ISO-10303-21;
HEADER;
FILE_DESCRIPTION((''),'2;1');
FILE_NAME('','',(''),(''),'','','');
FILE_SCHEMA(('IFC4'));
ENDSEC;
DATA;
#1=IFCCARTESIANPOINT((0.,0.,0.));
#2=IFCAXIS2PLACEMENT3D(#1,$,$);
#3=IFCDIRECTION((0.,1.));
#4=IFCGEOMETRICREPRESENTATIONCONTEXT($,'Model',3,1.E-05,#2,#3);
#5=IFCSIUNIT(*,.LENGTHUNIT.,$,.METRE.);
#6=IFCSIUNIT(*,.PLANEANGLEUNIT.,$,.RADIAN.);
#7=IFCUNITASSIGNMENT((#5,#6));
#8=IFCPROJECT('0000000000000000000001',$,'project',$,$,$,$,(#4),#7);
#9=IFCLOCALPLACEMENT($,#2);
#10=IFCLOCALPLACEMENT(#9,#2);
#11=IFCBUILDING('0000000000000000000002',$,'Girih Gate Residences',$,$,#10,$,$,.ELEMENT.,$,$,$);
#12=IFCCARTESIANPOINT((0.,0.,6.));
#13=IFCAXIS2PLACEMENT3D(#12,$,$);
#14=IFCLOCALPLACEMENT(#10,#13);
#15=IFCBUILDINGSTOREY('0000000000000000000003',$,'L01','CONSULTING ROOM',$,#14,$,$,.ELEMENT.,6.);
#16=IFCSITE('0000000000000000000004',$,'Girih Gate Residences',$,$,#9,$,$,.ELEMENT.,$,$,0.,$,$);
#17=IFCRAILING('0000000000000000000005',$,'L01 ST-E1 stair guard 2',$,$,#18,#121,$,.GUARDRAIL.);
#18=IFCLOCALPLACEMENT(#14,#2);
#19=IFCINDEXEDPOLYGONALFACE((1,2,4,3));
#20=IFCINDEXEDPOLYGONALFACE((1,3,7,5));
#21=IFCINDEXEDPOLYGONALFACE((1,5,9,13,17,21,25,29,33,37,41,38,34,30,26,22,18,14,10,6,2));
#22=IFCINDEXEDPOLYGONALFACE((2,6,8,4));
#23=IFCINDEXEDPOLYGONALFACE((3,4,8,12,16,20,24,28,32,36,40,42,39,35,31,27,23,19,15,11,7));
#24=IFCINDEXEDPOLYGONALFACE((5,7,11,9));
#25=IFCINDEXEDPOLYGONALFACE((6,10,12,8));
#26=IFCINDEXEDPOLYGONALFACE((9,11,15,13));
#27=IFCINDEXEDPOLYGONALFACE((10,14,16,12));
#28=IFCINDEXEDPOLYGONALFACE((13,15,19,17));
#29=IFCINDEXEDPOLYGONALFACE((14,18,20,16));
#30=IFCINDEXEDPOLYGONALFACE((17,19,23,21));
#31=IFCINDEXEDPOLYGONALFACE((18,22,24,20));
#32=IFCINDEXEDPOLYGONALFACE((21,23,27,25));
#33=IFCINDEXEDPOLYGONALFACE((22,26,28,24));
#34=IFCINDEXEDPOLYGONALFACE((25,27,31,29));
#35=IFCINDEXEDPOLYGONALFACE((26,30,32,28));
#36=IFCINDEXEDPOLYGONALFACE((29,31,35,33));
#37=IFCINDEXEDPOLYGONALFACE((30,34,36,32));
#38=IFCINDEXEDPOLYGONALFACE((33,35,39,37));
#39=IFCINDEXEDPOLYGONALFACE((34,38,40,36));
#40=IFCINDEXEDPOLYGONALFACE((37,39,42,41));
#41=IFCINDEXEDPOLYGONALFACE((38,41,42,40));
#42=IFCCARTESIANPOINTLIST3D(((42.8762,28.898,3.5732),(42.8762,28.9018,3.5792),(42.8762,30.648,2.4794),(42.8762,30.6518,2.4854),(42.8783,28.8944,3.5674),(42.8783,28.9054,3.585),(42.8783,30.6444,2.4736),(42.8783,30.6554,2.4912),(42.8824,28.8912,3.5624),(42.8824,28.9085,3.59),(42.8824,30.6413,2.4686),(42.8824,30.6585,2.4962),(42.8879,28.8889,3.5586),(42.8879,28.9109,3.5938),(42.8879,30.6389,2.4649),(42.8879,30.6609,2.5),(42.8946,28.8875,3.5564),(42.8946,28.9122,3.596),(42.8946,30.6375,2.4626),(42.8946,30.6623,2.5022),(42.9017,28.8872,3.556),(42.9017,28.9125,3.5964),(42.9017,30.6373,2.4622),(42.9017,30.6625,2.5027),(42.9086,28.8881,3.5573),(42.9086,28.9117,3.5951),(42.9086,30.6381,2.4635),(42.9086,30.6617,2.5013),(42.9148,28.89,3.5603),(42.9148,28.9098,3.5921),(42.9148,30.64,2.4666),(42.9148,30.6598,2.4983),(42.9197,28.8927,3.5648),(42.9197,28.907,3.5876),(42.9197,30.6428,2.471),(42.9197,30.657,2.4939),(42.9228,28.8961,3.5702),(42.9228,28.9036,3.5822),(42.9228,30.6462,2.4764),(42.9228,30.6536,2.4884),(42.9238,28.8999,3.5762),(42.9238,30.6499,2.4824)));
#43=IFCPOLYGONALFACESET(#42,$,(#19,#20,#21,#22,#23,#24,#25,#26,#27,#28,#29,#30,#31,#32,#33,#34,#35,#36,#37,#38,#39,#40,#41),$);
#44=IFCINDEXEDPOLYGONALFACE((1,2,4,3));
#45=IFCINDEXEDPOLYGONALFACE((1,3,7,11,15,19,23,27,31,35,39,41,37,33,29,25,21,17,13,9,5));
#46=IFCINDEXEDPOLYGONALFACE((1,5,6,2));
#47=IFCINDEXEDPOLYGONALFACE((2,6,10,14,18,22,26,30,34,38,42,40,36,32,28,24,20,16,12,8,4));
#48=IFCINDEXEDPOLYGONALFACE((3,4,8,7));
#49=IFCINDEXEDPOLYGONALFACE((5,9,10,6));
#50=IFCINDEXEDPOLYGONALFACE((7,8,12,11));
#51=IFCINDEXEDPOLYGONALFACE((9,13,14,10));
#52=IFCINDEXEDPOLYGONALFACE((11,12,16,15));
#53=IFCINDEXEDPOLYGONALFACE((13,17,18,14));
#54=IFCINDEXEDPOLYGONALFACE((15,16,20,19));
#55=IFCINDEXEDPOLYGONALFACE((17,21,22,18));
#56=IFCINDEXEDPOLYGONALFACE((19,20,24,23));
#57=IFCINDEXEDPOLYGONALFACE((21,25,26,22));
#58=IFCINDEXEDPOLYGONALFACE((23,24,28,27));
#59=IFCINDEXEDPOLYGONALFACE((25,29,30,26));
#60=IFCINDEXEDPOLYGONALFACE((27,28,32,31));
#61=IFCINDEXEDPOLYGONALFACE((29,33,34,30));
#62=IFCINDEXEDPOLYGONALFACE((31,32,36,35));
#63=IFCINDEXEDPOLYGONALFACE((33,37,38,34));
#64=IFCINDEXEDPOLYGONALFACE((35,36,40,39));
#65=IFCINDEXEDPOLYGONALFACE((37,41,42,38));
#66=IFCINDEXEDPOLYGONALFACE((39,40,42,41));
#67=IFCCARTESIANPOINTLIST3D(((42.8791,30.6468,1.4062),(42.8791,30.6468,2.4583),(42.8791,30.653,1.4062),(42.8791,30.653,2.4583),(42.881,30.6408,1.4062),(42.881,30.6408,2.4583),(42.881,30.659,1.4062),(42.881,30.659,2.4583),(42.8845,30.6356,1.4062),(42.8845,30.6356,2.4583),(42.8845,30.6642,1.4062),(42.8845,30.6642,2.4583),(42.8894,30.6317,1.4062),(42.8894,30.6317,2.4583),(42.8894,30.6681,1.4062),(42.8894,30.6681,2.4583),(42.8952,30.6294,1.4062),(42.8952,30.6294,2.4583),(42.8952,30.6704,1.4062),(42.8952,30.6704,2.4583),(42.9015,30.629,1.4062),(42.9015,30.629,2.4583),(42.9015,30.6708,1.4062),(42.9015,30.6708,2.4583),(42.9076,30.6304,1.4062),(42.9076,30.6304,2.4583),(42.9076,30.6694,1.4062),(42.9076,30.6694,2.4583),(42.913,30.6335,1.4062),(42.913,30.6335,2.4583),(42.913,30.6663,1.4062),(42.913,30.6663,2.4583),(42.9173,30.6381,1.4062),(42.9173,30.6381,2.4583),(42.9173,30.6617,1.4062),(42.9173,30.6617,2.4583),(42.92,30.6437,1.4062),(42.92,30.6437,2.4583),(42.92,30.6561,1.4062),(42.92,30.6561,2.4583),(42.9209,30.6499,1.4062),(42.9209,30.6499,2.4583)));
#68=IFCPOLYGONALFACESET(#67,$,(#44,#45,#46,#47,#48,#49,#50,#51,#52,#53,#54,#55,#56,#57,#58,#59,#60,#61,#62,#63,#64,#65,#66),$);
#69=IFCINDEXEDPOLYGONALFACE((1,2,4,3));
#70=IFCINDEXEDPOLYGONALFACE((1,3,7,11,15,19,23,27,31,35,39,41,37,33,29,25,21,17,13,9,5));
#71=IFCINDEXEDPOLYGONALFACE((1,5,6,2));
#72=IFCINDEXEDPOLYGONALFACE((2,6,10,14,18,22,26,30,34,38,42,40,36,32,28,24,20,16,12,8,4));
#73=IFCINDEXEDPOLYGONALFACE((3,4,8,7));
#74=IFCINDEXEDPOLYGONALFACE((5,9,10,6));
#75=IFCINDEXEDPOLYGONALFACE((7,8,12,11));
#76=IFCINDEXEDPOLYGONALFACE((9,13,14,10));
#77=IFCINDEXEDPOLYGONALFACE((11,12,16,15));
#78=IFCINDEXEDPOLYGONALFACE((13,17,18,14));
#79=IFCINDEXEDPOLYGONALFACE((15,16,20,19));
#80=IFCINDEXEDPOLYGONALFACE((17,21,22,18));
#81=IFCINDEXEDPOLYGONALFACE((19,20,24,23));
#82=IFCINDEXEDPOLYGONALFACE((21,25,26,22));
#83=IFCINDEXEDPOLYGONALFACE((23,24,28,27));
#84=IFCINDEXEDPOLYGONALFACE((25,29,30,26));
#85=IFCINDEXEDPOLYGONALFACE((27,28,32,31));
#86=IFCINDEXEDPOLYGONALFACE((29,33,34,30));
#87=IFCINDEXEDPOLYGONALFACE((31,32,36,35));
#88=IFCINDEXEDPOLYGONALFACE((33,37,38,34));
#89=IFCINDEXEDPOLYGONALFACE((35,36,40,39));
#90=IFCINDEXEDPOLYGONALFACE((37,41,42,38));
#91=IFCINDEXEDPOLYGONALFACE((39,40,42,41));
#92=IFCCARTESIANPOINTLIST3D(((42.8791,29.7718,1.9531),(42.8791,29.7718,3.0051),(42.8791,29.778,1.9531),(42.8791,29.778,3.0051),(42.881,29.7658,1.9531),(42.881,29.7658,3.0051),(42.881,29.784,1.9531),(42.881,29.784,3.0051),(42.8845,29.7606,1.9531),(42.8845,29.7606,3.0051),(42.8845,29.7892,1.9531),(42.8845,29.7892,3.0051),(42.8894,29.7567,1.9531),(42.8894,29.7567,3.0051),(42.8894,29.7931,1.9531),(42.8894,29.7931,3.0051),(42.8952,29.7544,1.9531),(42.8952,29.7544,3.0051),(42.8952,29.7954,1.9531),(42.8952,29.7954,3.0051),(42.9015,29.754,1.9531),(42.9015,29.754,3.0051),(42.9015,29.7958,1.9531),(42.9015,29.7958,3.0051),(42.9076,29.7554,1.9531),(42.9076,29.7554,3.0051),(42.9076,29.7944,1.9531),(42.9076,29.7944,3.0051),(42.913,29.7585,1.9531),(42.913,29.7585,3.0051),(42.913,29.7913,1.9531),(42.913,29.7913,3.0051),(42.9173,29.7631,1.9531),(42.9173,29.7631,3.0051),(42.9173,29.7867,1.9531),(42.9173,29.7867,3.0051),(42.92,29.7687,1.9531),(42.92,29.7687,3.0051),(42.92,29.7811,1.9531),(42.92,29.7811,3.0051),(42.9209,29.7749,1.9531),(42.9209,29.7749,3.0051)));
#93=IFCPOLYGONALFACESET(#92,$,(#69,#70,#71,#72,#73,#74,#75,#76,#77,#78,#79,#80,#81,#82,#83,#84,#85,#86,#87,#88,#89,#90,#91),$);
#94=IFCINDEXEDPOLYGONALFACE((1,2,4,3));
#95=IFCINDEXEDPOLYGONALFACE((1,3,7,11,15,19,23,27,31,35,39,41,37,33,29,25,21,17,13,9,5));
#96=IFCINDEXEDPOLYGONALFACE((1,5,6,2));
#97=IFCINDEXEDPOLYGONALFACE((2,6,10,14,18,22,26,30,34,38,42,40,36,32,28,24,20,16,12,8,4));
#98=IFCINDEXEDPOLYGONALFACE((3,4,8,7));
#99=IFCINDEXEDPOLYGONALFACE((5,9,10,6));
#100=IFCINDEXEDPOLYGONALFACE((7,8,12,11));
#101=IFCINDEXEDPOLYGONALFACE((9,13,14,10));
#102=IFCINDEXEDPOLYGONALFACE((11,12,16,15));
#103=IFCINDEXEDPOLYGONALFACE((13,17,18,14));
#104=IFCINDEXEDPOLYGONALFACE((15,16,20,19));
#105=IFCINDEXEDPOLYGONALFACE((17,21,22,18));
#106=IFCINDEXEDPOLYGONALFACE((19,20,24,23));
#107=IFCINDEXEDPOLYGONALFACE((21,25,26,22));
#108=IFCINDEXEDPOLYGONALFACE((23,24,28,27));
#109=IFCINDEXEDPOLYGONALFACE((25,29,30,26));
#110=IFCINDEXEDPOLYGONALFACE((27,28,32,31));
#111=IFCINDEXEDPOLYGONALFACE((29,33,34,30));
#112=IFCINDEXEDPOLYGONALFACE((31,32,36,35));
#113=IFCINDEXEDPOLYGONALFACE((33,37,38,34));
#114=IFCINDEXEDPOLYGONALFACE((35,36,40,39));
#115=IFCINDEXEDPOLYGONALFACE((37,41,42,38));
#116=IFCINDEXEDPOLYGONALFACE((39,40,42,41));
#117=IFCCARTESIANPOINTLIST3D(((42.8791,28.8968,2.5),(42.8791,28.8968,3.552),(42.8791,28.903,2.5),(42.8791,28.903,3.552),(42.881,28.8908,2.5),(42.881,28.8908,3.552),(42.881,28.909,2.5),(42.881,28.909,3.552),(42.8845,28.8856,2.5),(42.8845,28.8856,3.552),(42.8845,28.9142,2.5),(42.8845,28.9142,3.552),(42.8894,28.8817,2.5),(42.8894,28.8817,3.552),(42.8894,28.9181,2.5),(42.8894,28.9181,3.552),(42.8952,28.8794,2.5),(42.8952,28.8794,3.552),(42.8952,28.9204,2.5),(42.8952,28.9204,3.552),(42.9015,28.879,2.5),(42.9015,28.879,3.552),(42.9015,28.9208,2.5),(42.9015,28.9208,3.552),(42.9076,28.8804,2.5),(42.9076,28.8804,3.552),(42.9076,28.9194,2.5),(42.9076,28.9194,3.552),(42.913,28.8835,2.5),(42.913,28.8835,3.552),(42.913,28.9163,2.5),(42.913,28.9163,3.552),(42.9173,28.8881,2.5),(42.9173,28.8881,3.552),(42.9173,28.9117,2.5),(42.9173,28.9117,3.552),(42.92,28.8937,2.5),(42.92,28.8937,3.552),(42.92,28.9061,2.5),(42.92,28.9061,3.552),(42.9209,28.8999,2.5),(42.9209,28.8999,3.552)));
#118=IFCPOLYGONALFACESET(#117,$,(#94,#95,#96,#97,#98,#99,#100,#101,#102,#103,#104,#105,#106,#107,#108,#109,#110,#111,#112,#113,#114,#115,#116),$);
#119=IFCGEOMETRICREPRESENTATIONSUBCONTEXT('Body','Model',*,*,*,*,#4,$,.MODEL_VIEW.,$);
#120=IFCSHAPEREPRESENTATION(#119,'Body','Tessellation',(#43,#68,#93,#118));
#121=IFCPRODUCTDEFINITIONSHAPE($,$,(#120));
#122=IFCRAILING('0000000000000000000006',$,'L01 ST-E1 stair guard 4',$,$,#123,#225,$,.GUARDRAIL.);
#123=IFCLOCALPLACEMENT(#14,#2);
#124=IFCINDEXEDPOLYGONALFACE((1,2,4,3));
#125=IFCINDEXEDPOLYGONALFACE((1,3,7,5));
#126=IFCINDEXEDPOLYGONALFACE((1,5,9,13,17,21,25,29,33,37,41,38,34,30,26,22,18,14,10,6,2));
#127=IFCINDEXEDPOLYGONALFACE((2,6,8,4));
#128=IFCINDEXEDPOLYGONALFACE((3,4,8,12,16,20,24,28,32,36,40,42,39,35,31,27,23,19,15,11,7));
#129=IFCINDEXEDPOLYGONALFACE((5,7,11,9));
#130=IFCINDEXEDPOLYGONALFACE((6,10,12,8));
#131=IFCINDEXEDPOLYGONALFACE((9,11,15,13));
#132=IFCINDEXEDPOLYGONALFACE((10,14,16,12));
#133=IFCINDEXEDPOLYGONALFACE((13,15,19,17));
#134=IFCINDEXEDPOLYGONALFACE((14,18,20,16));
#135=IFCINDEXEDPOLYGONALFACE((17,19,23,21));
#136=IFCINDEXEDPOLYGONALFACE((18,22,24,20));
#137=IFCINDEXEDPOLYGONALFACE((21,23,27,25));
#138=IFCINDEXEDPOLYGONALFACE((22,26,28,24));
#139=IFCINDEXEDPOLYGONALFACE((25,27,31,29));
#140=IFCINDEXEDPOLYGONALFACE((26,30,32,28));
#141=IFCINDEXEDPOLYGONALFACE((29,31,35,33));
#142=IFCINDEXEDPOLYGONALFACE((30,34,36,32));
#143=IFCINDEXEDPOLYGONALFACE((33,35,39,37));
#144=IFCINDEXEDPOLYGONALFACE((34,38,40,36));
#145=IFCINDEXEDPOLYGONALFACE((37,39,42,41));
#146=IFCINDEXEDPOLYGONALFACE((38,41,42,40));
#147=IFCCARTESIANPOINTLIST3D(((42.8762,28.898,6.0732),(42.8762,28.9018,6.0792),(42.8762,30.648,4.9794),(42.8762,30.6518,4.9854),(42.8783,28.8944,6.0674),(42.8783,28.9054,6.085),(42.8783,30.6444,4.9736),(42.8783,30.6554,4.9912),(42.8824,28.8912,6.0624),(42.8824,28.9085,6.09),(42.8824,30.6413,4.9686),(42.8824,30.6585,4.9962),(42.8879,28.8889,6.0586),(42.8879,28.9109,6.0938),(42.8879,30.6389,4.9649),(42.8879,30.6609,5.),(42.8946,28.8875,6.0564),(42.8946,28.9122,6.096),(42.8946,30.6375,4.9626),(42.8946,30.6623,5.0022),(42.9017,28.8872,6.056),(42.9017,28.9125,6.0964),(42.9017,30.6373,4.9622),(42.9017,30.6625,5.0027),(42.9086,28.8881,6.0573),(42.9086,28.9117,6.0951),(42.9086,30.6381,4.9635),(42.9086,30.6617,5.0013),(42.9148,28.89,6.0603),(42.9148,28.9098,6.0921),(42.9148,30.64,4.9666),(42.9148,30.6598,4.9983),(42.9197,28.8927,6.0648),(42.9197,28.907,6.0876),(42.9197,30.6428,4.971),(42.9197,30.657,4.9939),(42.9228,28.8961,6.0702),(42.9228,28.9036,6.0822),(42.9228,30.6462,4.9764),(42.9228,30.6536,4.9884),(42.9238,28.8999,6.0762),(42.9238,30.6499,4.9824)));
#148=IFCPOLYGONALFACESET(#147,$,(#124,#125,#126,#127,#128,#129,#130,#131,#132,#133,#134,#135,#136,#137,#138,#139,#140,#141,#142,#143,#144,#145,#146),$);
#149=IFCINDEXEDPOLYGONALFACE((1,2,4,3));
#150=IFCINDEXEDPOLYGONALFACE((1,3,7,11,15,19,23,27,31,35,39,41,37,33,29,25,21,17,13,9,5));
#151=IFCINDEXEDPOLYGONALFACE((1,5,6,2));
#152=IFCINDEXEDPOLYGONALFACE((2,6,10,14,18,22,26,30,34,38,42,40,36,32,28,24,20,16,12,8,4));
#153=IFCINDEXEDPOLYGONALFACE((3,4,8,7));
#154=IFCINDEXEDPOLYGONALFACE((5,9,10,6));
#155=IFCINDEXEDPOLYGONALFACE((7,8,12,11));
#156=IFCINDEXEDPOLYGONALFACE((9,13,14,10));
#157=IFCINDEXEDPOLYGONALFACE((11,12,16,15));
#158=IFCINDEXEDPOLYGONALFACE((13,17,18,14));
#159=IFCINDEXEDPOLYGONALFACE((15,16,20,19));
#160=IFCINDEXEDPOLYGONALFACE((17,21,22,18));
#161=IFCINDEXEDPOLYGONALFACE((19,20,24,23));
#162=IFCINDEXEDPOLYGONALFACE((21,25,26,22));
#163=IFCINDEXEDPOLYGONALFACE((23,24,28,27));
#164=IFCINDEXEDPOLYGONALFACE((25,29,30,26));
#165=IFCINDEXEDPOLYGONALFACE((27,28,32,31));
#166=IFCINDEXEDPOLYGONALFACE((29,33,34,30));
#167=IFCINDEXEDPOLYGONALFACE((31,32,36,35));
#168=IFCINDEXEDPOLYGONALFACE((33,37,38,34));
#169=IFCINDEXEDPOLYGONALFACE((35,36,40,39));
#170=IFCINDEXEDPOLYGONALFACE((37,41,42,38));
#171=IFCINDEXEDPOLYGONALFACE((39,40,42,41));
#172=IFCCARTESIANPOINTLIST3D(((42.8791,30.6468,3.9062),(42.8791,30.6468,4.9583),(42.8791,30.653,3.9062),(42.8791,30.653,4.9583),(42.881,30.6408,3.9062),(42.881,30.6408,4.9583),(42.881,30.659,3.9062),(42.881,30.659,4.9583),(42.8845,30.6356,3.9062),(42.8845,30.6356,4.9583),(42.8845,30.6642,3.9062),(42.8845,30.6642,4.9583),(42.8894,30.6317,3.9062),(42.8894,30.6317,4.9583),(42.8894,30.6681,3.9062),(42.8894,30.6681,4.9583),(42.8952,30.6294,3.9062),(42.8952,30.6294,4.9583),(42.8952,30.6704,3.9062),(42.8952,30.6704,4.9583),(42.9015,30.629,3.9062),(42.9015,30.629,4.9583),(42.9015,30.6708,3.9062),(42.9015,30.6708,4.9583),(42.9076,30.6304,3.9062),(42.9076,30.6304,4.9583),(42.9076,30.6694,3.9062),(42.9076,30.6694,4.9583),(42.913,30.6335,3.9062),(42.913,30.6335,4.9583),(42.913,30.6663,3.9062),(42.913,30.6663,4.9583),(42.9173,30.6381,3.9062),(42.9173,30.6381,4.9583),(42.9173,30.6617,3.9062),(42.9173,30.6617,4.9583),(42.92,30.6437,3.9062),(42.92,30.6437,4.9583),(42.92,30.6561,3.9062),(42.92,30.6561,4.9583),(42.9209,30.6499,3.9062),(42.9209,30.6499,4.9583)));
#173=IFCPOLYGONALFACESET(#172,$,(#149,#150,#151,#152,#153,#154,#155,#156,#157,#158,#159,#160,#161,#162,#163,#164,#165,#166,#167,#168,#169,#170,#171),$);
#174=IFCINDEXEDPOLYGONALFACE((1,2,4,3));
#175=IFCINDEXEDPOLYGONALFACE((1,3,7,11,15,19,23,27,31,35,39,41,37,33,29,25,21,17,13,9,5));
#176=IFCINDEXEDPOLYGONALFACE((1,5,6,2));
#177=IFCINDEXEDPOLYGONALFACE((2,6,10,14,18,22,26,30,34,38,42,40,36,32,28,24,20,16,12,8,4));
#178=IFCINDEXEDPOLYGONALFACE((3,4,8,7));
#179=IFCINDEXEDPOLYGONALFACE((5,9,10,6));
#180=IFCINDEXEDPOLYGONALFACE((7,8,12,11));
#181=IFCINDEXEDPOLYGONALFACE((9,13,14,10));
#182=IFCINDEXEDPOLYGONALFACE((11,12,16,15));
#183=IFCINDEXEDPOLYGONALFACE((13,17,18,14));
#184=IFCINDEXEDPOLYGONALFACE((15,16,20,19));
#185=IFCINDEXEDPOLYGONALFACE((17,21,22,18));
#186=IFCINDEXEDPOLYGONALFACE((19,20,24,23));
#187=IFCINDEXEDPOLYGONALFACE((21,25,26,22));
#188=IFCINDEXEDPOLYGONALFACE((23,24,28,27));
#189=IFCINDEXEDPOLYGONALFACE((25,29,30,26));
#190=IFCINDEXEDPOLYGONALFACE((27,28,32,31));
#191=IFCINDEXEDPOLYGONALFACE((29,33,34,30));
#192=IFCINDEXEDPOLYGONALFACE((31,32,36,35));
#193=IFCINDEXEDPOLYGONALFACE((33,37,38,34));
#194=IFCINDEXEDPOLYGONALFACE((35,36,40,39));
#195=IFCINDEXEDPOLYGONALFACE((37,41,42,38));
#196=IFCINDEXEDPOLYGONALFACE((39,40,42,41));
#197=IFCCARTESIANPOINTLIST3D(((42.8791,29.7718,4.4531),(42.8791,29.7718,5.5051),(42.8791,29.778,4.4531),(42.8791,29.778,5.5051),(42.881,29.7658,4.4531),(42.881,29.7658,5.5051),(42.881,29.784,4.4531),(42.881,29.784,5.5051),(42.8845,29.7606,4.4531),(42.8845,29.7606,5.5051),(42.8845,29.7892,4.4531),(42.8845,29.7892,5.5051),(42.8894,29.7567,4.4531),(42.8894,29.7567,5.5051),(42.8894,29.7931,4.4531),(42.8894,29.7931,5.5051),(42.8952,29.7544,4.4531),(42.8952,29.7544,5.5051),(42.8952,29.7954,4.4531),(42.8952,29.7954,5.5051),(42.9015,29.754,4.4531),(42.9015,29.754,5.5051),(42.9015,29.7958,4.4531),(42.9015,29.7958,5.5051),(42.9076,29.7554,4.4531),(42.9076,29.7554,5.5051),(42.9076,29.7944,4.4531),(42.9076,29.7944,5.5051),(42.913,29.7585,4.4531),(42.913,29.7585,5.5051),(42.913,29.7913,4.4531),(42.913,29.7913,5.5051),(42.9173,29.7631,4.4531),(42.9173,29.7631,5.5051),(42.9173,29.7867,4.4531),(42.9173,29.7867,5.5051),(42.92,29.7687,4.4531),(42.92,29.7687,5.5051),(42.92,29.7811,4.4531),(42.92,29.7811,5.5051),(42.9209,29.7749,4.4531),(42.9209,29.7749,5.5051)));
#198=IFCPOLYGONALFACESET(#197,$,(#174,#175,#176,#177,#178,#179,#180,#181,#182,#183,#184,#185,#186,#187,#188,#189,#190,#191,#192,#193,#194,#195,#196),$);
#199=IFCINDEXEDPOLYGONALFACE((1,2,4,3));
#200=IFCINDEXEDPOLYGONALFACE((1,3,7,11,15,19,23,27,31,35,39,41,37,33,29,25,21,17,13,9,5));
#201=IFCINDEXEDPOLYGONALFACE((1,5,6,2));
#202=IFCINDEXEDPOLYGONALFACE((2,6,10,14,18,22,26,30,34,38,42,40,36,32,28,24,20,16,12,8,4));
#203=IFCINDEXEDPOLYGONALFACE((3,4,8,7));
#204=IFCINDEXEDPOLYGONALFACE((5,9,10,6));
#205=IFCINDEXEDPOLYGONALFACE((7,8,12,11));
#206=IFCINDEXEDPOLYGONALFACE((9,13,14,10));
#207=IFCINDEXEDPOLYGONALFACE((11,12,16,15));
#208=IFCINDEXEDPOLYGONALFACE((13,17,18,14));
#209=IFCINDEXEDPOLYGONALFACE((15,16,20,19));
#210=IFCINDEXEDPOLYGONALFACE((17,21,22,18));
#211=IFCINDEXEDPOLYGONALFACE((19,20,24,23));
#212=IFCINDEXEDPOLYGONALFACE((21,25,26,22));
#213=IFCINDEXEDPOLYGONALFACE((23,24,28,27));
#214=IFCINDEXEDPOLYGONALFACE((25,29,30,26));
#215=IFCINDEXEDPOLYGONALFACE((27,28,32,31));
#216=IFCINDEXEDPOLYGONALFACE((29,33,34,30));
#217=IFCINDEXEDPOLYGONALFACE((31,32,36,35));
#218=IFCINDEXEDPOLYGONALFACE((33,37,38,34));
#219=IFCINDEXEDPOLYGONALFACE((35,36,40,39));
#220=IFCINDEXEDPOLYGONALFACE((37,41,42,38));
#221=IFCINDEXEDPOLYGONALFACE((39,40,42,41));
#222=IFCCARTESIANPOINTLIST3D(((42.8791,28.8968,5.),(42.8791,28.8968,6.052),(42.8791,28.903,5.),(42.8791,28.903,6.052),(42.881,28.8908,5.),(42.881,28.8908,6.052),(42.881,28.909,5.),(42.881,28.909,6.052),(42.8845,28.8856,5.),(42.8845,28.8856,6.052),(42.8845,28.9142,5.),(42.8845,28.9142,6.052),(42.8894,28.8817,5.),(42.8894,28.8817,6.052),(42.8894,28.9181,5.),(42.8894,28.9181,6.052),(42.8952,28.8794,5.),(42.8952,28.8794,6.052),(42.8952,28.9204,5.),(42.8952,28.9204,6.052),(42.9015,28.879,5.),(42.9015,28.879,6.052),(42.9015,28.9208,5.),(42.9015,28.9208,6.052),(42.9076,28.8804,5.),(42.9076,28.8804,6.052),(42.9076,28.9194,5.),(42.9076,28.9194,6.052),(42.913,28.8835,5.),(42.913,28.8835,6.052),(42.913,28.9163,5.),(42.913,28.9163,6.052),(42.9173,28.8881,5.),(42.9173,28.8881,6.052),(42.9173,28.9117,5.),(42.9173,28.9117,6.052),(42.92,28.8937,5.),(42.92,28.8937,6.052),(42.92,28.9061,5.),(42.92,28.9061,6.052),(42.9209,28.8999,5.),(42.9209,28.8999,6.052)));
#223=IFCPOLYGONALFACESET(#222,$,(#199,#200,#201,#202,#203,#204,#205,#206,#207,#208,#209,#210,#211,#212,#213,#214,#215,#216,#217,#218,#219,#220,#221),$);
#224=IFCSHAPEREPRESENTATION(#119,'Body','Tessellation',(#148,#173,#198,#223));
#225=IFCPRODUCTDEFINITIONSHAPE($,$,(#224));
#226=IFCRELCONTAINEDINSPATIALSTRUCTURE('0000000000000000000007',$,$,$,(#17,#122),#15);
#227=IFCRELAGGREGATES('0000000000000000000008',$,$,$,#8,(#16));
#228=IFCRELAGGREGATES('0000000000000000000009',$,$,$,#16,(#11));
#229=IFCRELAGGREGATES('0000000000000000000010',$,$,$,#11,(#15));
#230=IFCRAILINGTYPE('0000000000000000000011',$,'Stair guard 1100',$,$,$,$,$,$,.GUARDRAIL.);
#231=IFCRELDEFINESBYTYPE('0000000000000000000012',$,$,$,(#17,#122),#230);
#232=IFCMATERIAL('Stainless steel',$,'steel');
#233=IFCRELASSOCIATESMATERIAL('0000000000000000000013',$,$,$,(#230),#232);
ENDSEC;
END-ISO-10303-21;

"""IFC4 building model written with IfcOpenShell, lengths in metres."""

from ifc_helpers import new_model, si_unit, direction, frame, origin, origin_2d, place, context, subcontext, project, spatial, circle, extrude, material, type_object, element, save


model = new_model("IFC4")

# Units and contexts
model_context = context("Model", 3, precision=1e-05, world=origin(), true_north=direction((0.0, 1.0)))
body_context = subcontext(model_context, "Body", "Model", "MODEL_VIEW")
ifc_project = project(units=[si_unit("LENGTHUNIT", "METRE"), si_unit("PLANEANGLEUNIT", "RADIAN")], contexts=[model_context])

# Site, building, storey
site_placement = place(None, origin())
site = spatial("IfcSite", under=ifc_project, at=site_placement, Name="Girih Gate Residences", CompositionType="ELEMENT", RefElevation=0.0)
building_placement = place(site_placement, origin())
building = spatial("IfcBuilding", under=site, at=building_placement, Name="Girih Gate Residences", CompositionType="ELEMENT")
storey_placement = place(building_placement, frame((0.0, 0.0, 6.0)))
storey = spatial("IfcBuildingStorey", under=building, at=storey_placement, Name="L01", Description="CONSULTING ROOM", CompositionType="ELEMENT", Elevation=6.0)

# Shared definitions
ifc_material_1 = material(Name="Stainless steel", Category="steel")

# Railings
railing_type_1 = type_object("IfcRailingType", Name="Stair guard 1100", PredefinedType="GUARDRAIL", material=ifc_material_1)
for number, where, name in (
    (1, (42.8999, 30.6499, 1.4062), "L01 ST-E1 stair guard 2"),
    (2, (42.8999, 30.6499, 3.9062), "L01 ST-E1 stair guard 4"),
):
    element("IfcRailing", number, at=place(storey_placement, frame(where)), inside=storey, type_object=railing_type_1, Name=name, PredefinedType="GUARDRAIL", context=body_context, shape_type="SweptSolid", body=[
        extrude(circle(Radius=0.0239, at=origin_2d()), frame((0.0, 0.0, 1.0762), z_axis=(0.0, -0.847998, 0.529999), x_axis=(1.0, 0.0, 0.0)), (0.0, 0.0, 1.0), 2.0637),
        extrude(circle(Radius=0.021, at=origin_2d()), origin(), (0.0, 0.0, 1.0), 1.052),
        extrude(circle(Radius=0.021, at=origin_2d()), frame((0.0, -0.875, 0.5469)), (0.0, 0.0, 1.0), 1.052),
        extrude(circle(Radius=0.021, at=origin_2d()), frame((0.0, -1.75, 1.0938)), (0.0, 0.0, 1.0), 1.052),
    ])

save(model, "model.ifc")
